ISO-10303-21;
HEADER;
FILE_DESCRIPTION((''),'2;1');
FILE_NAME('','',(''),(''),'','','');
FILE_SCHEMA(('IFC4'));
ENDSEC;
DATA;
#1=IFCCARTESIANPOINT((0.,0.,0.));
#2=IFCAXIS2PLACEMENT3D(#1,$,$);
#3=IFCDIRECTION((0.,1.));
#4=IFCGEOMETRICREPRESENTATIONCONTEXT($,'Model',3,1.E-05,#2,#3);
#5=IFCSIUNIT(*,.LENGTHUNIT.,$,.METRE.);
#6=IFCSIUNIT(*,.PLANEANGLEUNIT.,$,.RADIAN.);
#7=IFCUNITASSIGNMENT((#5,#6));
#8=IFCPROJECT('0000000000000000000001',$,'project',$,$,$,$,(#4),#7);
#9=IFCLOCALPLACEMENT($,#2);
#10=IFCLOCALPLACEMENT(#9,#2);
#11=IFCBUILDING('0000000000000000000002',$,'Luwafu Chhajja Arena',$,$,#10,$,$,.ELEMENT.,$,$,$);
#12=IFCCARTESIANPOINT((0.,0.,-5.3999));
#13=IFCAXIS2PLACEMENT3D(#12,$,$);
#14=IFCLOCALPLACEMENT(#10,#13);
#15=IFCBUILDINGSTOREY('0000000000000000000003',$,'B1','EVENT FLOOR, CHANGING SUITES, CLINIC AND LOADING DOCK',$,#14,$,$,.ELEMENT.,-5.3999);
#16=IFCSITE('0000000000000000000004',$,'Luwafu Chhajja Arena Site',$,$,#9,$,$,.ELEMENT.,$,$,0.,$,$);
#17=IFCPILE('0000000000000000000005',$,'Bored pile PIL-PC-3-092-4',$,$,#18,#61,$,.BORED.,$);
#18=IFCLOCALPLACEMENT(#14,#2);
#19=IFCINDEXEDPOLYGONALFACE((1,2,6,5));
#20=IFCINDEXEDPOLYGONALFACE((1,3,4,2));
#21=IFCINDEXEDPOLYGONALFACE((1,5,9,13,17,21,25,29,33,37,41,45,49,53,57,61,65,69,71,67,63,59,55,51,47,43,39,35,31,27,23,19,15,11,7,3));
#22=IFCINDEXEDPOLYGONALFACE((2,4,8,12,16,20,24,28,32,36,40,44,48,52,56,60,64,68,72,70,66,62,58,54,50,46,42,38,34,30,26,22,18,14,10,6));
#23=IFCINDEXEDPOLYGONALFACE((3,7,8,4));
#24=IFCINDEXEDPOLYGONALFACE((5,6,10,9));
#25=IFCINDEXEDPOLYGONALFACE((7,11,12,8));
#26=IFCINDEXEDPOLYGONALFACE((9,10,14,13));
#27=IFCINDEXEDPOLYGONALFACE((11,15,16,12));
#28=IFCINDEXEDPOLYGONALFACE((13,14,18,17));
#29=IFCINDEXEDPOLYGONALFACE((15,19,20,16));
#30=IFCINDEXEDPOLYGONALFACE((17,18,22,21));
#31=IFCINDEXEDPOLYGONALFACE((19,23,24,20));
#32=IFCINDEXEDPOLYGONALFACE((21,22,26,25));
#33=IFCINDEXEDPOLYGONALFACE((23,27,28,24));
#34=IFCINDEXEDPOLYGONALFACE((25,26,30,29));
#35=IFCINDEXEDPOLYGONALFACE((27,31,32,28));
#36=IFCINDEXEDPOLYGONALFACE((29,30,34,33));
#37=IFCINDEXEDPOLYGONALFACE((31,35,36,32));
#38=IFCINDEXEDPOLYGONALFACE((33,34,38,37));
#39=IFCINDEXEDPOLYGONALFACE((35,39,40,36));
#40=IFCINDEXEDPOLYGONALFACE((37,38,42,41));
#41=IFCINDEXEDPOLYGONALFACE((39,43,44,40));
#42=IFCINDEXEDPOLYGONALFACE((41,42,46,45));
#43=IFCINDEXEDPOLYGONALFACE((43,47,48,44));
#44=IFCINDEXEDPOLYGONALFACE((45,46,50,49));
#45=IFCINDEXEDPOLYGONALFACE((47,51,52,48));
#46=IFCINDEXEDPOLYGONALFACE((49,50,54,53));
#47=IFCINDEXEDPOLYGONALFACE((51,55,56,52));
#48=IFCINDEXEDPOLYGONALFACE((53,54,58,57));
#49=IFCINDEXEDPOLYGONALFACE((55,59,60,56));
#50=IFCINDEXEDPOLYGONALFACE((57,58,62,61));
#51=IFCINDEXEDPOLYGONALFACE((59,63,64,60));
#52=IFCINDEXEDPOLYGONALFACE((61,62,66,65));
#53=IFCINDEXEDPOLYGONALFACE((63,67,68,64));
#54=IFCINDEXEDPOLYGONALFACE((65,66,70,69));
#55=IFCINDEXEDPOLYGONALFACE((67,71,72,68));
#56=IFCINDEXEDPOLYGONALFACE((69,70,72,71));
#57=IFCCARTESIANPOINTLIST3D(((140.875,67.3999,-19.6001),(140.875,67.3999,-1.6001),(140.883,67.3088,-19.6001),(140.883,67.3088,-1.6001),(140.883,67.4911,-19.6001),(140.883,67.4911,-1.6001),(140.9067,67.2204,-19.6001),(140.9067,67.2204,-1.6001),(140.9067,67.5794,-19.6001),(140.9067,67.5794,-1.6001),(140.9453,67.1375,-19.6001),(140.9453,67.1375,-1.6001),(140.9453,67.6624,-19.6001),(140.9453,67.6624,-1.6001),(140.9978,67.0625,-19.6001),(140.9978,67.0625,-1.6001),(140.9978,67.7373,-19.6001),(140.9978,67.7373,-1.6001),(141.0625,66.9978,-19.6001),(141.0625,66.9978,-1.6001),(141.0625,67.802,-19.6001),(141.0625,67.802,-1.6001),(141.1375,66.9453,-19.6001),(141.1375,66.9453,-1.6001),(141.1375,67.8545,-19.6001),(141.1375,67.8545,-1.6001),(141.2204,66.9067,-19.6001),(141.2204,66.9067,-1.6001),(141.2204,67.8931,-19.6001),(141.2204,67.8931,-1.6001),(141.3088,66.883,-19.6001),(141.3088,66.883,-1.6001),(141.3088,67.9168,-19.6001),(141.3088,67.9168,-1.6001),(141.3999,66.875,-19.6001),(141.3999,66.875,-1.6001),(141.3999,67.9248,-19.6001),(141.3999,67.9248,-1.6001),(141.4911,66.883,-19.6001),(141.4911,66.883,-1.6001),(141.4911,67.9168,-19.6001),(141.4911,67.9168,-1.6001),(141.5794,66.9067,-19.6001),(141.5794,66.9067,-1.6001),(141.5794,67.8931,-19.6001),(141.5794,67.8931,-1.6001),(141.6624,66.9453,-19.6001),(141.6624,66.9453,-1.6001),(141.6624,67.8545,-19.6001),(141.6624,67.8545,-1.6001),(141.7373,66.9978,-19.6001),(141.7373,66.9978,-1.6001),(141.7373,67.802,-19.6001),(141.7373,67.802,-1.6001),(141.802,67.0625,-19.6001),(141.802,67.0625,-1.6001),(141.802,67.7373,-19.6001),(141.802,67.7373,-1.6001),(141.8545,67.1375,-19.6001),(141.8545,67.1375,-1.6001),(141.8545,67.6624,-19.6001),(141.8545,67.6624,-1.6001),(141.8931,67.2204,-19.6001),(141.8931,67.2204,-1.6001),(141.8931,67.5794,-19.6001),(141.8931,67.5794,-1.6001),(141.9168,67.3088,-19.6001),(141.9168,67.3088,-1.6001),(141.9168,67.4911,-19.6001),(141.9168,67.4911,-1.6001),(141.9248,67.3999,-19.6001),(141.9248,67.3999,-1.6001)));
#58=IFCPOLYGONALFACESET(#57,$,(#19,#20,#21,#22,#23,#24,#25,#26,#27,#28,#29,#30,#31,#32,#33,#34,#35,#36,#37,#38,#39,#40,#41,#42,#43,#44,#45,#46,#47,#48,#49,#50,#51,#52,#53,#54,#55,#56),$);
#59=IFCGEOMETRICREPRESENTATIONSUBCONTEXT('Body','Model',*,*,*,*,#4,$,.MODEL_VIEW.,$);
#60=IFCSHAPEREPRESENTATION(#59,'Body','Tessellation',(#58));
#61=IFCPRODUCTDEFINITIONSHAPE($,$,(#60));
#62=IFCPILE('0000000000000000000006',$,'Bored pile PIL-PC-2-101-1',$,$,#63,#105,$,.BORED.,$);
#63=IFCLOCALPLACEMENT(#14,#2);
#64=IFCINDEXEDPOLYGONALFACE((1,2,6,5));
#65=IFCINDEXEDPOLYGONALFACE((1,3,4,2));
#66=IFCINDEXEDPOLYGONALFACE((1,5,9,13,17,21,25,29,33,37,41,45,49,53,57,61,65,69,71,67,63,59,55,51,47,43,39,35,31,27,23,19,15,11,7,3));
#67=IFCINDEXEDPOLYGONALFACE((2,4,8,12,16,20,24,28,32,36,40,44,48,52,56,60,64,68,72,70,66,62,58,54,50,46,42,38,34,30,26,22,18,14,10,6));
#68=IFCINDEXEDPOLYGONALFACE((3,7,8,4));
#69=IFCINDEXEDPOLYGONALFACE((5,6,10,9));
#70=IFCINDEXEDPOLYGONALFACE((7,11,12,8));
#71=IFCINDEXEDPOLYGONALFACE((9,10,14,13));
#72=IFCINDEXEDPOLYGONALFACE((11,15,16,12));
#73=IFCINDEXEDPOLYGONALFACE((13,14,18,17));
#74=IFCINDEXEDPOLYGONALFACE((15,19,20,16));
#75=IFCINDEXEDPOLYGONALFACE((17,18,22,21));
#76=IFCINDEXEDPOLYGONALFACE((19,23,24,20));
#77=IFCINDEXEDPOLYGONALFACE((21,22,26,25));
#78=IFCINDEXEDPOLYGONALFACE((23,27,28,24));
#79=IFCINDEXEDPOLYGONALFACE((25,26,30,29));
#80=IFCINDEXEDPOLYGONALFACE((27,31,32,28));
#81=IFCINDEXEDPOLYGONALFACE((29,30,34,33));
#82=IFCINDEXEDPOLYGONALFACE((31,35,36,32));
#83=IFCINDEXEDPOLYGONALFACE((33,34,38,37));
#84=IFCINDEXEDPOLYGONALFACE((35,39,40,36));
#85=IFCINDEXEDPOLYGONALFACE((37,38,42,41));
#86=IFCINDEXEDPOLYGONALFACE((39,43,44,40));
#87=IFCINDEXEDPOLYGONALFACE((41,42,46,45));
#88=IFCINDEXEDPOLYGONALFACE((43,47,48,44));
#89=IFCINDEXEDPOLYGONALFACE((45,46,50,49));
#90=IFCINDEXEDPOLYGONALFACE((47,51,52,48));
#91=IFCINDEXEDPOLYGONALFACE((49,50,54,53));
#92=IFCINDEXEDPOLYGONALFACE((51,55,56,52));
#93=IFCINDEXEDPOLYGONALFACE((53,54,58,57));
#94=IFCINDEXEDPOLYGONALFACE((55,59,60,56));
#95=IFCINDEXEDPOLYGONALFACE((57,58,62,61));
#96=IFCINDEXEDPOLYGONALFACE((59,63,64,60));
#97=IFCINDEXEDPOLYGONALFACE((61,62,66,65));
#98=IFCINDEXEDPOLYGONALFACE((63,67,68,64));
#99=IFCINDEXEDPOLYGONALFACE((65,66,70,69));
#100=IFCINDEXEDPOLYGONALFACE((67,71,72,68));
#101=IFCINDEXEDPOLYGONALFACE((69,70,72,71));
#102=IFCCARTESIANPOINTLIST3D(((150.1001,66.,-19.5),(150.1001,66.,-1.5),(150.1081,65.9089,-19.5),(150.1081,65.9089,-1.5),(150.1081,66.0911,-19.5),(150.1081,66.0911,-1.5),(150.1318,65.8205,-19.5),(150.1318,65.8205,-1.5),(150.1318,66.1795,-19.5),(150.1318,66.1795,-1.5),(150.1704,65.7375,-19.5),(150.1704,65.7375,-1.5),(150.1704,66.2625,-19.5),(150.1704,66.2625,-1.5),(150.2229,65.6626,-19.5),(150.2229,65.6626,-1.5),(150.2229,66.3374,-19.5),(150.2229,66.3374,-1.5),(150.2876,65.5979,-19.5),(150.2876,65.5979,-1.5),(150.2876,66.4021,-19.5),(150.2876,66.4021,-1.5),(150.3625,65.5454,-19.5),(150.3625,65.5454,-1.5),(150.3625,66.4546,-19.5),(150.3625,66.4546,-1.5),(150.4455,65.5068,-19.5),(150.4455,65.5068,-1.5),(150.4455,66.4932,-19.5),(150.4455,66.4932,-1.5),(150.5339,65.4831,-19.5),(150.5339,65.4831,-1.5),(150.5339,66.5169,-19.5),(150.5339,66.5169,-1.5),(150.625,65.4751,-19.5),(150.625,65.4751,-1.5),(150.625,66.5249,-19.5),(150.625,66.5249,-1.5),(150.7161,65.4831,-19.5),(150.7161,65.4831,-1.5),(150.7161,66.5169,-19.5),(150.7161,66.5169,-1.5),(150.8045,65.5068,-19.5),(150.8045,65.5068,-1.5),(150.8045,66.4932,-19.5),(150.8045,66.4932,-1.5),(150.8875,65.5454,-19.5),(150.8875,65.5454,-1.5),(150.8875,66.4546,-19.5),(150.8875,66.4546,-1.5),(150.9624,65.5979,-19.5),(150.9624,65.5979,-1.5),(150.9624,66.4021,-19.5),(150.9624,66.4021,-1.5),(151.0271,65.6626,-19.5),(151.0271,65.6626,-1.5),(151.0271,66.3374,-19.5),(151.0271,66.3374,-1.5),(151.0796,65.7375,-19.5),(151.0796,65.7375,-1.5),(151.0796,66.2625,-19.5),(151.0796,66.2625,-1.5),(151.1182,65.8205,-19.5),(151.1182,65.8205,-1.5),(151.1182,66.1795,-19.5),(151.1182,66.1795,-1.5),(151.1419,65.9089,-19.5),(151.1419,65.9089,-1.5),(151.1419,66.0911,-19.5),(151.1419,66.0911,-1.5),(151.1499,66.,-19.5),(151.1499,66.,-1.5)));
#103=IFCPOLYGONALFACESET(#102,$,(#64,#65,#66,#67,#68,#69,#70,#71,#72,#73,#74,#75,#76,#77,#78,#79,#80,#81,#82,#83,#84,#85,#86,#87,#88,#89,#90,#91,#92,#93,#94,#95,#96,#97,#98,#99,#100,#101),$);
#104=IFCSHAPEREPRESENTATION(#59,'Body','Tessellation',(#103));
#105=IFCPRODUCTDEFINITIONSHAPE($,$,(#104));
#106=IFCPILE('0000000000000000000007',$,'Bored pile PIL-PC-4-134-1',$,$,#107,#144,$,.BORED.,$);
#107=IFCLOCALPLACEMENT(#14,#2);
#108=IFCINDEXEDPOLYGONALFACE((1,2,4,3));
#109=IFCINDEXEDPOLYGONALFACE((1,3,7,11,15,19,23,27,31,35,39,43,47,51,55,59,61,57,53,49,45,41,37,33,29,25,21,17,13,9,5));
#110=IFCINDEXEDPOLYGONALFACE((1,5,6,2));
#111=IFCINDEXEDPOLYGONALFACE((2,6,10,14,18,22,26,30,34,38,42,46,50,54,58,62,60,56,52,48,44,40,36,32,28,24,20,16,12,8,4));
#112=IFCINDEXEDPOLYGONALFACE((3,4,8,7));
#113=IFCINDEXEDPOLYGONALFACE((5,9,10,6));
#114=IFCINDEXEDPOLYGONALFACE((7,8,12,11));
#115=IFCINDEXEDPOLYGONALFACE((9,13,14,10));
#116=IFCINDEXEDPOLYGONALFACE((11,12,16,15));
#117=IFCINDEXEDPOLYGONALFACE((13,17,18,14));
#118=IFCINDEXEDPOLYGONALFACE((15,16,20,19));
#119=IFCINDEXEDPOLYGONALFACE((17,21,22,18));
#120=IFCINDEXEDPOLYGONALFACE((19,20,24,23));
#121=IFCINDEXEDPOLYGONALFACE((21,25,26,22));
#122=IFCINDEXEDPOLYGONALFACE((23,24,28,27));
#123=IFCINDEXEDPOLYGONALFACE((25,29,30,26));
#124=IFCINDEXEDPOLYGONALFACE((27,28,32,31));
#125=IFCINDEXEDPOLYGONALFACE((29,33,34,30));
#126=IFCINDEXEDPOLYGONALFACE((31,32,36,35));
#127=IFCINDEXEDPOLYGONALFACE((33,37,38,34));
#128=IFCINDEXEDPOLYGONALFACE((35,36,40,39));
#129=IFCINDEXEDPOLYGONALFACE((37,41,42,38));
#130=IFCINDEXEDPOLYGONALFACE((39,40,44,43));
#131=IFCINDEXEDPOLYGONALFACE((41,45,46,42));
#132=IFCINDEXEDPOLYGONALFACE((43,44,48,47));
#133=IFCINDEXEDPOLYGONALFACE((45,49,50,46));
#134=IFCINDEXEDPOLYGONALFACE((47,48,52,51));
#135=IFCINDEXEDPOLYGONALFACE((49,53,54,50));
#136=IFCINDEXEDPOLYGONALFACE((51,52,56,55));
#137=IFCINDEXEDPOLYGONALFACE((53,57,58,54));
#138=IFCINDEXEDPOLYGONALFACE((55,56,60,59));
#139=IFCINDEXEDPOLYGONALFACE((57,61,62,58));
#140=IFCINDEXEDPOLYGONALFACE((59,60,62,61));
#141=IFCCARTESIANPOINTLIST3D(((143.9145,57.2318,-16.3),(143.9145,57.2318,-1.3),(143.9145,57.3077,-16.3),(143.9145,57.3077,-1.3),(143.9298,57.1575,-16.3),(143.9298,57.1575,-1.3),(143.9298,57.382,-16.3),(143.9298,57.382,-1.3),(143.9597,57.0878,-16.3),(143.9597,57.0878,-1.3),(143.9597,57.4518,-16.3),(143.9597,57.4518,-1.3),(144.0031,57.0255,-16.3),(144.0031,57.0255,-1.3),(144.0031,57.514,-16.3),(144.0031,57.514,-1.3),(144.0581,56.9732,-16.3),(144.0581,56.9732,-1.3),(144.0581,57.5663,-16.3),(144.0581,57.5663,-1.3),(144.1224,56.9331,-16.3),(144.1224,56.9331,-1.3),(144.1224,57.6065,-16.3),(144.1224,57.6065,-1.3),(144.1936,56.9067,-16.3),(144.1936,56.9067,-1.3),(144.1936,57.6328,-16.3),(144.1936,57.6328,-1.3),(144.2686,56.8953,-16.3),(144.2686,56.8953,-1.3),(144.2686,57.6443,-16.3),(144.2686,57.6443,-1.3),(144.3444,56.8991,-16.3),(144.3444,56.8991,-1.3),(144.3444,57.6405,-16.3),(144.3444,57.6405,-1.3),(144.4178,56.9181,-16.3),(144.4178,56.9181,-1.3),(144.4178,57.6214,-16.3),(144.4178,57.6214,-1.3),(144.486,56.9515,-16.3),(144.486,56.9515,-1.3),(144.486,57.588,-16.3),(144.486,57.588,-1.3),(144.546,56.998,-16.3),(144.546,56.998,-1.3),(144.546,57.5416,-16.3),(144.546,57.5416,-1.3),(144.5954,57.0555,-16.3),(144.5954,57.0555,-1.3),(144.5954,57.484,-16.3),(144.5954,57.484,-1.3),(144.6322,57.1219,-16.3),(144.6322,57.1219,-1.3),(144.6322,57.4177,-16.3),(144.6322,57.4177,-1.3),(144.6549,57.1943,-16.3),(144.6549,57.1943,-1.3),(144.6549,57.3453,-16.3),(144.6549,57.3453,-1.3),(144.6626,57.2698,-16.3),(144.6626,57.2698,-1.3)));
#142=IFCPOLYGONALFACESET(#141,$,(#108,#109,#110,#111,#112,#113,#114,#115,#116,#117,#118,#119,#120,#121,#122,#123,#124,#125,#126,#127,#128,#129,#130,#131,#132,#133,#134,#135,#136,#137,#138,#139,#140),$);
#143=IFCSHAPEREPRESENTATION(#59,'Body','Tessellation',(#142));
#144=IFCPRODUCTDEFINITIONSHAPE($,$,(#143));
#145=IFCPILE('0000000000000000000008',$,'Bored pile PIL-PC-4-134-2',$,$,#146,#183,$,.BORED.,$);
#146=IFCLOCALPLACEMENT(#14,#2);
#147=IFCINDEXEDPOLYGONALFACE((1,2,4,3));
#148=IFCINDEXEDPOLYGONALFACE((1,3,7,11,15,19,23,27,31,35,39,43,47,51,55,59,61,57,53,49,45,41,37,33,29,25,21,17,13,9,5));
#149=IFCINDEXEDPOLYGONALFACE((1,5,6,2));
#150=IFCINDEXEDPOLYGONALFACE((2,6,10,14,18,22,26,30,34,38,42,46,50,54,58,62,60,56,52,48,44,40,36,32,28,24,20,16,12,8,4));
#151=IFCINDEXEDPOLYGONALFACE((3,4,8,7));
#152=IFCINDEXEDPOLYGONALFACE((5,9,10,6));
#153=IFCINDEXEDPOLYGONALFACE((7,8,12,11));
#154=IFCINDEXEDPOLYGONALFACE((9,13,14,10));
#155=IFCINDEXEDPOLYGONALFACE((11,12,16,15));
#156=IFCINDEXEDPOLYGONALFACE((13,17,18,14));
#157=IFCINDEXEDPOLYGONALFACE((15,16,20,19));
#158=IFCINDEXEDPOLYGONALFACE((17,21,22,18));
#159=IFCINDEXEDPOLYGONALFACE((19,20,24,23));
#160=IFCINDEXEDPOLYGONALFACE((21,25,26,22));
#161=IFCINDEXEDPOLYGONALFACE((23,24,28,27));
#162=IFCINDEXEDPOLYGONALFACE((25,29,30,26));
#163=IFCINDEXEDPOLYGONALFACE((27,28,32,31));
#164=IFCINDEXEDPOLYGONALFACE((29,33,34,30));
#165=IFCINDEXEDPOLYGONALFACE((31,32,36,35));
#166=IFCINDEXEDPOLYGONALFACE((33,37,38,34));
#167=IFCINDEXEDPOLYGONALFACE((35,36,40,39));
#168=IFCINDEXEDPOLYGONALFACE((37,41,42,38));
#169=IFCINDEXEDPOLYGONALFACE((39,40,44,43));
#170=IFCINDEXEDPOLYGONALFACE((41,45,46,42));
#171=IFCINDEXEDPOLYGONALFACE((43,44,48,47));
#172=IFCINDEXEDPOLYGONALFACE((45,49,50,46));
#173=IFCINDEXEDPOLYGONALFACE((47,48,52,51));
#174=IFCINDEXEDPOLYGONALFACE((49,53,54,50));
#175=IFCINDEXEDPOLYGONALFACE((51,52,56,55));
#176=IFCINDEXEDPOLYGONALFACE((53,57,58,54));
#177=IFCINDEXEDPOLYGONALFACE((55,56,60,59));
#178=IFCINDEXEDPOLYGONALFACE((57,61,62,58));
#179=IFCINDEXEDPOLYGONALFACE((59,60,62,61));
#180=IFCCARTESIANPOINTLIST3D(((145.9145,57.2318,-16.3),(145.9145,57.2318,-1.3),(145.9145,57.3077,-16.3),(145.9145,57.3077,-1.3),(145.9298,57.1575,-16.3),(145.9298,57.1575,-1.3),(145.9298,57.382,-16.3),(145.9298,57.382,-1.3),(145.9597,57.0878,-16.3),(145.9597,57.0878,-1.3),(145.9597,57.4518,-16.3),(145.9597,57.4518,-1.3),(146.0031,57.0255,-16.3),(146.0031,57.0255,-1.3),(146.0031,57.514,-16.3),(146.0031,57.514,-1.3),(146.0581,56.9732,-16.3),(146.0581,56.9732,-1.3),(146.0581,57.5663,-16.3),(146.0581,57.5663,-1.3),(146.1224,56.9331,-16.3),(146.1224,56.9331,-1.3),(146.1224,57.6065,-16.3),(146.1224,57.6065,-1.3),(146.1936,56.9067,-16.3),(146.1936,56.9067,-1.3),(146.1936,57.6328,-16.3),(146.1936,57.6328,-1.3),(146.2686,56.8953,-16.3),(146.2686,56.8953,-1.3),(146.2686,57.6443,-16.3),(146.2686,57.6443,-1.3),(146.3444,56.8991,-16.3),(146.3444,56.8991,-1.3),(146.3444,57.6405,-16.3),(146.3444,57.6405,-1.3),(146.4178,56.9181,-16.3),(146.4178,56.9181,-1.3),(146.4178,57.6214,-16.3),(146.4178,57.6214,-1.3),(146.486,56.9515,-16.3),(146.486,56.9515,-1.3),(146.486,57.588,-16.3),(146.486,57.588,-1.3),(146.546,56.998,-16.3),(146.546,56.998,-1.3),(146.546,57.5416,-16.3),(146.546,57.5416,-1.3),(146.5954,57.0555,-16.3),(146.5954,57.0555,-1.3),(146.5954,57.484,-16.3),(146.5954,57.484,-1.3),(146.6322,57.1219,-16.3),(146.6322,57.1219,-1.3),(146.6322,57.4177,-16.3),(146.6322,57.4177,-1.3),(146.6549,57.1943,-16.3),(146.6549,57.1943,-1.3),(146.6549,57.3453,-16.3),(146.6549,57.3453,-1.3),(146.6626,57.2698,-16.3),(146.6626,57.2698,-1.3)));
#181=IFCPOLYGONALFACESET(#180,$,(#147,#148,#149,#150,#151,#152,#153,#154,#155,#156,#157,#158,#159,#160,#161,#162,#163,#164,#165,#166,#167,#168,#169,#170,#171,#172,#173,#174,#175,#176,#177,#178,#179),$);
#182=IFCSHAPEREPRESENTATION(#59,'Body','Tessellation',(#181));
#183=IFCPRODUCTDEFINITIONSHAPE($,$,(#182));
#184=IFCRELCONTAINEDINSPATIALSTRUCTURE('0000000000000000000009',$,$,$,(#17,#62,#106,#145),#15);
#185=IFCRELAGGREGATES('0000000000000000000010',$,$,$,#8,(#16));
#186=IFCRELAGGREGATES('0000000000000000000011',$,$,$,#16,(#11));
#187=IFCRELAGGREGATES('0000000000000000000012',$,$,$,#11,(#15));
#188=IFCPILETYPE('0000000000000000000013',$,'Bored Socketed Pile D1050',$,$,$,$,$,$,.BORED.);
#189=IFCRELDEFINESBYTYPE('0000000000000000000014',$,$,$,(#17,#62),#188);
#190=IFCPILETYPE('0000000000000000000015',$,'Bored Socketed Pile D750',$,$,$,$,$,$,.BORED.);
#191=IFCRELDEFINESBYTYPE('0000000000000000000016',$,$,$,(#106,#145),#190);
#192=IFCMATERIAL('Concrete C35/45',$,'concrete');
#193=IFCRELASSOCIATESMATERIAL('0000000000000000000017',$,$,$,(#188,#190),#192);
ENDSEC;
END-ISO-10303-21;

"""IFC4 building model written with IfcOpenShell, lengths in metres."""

from ifc_helpers import new_model, si_unit, direction, frame, origin, origin_2d, place, context, subcontext, project, spatial, circle, extrude, material, material_profile, profile_set, type_object, element, save


model = new_model("IFC4")

# Units and contexts
model_context = context("Model", 3, precision=1e-05, world=origin(), true_north=direction((0.0, 1.0)))
body_context = subcontext(model_context, "Body", "Model", "MODEL_VIEW")
ifc_project = project(units=[si_unit("LENGTHUNIT", "METRE"), si_unit("PLANEANGLEUNIT", "RADIAN")], contexts=[model_context])

# Site, building, storey
site_placement = place(None, origin())
site = spatial("IfcSite", under=ifc_project, at=site_placement, Name="Luwafu Chhajja Arena Site", CompositionType="ELEMENT", RefElevation=0.0)
building_placement = place(site_placement, origin())
building = spatial("IfcBuilding", under=site, at=building_placement, Name="Luwafu Chhajja Arena", CompositionType="ELEMENT")
storey_placement = place(building_placement, frame((0.0, 0.0, -5.3999)))
storey = spatial("IfcBuildingStorey", under=building, at=storey_placement, Name="B1", Description="EVENT FLOOR, CHANGING SUITES, CLINIC AND LOADING DOCK", CompositionType="ELEMENT", Elevation=-5.3999)

# Shared definitions
ifc_material_1 = material(Name="Concrete C35/45", Category="concrete")

# Piles
ifc_material_profile_1 = material_profile(ifc_material_1, circle(Radius=0.5249, at=origin_2d()), Name="PILE D1050")
ifc_profile_set_1 = profile_set([ifc_material_profile_1], Name="Concrete C35/45")
pile_type_1 = type_object("IfcPileType", Name="Bored Socketed Pile D1050", PredefinedType="BORED", material=ifc_profile_set_1)
for number, where, z_axis, x_axis, name in (
    (1, (141.3999, 67.3999, -1.6001), (0.0, 0.0, -1.0), (1.0, 0.0, 0.0), "Bored pile PIL-PC-3-092-4"),
    (2, (150.625, 66.0, -1.5), (0.0, 0.0, -1.0), (1.0, 0.0, 0.0), "Bored pile PIL-PC-2-101-1"),
):
    element("IfcPile", number, at=place(storey_placement, frame(where, z_axis=z_axis, x_axis=x_axis)), inside=storey, type_object=pile_type_1, Name=name, PredefinedType="BORED", context=body_context, shape_type="SweptSolid", body=[
        extrude(circle(Radius=0.5249, at=origin_2d()), origin(), (0.0, 0.0, 1.0), 18.0),
    ])
ifc_material_profile_2 = material_profile(ifc_material_1, circle(Radius=0.375, at=origin_2d()), Name="PILE D750")
ifc_profile_set_2 = profile_set([ifc_material_profile_2], Name="Concrete C35/45")
pile_type_2 = type_object("IfcPileType", Name="Bored Socketed Pile D750", PredefinedType="BORED", material=ifc_profile_set_2)
for number, where, z_axis, x_axis, name in (
    (3, (144.2876, 57.2698, -1.3), (0.0, 0.0, -1.0), (1.0, 0.0, 0.0), "Bored pile PIL-PC-4-134-1"),
    (4, (146.2876, 57.2698, -1.3), (0.0, 0.0, -1.0), (1.0, 0.0, 0.0), "Bored pile PIL-PC-4-134-2"),
):
    element("IfcPile", number, at=place(storey_placement, frame(where, z_axis=z_axis, x_axis=x_axis)), inside=storey, type_object=pile_type_2, Name=name, PredefinedType="BORED", context=body_context, shape_type="SweptSolid", body=[
        extrude(circle(Radius=0.375, at=origin_2d()), origin(), (0.0, 0.0, 1.0), 15.0),
    ])

save(model, "model.ifc")
